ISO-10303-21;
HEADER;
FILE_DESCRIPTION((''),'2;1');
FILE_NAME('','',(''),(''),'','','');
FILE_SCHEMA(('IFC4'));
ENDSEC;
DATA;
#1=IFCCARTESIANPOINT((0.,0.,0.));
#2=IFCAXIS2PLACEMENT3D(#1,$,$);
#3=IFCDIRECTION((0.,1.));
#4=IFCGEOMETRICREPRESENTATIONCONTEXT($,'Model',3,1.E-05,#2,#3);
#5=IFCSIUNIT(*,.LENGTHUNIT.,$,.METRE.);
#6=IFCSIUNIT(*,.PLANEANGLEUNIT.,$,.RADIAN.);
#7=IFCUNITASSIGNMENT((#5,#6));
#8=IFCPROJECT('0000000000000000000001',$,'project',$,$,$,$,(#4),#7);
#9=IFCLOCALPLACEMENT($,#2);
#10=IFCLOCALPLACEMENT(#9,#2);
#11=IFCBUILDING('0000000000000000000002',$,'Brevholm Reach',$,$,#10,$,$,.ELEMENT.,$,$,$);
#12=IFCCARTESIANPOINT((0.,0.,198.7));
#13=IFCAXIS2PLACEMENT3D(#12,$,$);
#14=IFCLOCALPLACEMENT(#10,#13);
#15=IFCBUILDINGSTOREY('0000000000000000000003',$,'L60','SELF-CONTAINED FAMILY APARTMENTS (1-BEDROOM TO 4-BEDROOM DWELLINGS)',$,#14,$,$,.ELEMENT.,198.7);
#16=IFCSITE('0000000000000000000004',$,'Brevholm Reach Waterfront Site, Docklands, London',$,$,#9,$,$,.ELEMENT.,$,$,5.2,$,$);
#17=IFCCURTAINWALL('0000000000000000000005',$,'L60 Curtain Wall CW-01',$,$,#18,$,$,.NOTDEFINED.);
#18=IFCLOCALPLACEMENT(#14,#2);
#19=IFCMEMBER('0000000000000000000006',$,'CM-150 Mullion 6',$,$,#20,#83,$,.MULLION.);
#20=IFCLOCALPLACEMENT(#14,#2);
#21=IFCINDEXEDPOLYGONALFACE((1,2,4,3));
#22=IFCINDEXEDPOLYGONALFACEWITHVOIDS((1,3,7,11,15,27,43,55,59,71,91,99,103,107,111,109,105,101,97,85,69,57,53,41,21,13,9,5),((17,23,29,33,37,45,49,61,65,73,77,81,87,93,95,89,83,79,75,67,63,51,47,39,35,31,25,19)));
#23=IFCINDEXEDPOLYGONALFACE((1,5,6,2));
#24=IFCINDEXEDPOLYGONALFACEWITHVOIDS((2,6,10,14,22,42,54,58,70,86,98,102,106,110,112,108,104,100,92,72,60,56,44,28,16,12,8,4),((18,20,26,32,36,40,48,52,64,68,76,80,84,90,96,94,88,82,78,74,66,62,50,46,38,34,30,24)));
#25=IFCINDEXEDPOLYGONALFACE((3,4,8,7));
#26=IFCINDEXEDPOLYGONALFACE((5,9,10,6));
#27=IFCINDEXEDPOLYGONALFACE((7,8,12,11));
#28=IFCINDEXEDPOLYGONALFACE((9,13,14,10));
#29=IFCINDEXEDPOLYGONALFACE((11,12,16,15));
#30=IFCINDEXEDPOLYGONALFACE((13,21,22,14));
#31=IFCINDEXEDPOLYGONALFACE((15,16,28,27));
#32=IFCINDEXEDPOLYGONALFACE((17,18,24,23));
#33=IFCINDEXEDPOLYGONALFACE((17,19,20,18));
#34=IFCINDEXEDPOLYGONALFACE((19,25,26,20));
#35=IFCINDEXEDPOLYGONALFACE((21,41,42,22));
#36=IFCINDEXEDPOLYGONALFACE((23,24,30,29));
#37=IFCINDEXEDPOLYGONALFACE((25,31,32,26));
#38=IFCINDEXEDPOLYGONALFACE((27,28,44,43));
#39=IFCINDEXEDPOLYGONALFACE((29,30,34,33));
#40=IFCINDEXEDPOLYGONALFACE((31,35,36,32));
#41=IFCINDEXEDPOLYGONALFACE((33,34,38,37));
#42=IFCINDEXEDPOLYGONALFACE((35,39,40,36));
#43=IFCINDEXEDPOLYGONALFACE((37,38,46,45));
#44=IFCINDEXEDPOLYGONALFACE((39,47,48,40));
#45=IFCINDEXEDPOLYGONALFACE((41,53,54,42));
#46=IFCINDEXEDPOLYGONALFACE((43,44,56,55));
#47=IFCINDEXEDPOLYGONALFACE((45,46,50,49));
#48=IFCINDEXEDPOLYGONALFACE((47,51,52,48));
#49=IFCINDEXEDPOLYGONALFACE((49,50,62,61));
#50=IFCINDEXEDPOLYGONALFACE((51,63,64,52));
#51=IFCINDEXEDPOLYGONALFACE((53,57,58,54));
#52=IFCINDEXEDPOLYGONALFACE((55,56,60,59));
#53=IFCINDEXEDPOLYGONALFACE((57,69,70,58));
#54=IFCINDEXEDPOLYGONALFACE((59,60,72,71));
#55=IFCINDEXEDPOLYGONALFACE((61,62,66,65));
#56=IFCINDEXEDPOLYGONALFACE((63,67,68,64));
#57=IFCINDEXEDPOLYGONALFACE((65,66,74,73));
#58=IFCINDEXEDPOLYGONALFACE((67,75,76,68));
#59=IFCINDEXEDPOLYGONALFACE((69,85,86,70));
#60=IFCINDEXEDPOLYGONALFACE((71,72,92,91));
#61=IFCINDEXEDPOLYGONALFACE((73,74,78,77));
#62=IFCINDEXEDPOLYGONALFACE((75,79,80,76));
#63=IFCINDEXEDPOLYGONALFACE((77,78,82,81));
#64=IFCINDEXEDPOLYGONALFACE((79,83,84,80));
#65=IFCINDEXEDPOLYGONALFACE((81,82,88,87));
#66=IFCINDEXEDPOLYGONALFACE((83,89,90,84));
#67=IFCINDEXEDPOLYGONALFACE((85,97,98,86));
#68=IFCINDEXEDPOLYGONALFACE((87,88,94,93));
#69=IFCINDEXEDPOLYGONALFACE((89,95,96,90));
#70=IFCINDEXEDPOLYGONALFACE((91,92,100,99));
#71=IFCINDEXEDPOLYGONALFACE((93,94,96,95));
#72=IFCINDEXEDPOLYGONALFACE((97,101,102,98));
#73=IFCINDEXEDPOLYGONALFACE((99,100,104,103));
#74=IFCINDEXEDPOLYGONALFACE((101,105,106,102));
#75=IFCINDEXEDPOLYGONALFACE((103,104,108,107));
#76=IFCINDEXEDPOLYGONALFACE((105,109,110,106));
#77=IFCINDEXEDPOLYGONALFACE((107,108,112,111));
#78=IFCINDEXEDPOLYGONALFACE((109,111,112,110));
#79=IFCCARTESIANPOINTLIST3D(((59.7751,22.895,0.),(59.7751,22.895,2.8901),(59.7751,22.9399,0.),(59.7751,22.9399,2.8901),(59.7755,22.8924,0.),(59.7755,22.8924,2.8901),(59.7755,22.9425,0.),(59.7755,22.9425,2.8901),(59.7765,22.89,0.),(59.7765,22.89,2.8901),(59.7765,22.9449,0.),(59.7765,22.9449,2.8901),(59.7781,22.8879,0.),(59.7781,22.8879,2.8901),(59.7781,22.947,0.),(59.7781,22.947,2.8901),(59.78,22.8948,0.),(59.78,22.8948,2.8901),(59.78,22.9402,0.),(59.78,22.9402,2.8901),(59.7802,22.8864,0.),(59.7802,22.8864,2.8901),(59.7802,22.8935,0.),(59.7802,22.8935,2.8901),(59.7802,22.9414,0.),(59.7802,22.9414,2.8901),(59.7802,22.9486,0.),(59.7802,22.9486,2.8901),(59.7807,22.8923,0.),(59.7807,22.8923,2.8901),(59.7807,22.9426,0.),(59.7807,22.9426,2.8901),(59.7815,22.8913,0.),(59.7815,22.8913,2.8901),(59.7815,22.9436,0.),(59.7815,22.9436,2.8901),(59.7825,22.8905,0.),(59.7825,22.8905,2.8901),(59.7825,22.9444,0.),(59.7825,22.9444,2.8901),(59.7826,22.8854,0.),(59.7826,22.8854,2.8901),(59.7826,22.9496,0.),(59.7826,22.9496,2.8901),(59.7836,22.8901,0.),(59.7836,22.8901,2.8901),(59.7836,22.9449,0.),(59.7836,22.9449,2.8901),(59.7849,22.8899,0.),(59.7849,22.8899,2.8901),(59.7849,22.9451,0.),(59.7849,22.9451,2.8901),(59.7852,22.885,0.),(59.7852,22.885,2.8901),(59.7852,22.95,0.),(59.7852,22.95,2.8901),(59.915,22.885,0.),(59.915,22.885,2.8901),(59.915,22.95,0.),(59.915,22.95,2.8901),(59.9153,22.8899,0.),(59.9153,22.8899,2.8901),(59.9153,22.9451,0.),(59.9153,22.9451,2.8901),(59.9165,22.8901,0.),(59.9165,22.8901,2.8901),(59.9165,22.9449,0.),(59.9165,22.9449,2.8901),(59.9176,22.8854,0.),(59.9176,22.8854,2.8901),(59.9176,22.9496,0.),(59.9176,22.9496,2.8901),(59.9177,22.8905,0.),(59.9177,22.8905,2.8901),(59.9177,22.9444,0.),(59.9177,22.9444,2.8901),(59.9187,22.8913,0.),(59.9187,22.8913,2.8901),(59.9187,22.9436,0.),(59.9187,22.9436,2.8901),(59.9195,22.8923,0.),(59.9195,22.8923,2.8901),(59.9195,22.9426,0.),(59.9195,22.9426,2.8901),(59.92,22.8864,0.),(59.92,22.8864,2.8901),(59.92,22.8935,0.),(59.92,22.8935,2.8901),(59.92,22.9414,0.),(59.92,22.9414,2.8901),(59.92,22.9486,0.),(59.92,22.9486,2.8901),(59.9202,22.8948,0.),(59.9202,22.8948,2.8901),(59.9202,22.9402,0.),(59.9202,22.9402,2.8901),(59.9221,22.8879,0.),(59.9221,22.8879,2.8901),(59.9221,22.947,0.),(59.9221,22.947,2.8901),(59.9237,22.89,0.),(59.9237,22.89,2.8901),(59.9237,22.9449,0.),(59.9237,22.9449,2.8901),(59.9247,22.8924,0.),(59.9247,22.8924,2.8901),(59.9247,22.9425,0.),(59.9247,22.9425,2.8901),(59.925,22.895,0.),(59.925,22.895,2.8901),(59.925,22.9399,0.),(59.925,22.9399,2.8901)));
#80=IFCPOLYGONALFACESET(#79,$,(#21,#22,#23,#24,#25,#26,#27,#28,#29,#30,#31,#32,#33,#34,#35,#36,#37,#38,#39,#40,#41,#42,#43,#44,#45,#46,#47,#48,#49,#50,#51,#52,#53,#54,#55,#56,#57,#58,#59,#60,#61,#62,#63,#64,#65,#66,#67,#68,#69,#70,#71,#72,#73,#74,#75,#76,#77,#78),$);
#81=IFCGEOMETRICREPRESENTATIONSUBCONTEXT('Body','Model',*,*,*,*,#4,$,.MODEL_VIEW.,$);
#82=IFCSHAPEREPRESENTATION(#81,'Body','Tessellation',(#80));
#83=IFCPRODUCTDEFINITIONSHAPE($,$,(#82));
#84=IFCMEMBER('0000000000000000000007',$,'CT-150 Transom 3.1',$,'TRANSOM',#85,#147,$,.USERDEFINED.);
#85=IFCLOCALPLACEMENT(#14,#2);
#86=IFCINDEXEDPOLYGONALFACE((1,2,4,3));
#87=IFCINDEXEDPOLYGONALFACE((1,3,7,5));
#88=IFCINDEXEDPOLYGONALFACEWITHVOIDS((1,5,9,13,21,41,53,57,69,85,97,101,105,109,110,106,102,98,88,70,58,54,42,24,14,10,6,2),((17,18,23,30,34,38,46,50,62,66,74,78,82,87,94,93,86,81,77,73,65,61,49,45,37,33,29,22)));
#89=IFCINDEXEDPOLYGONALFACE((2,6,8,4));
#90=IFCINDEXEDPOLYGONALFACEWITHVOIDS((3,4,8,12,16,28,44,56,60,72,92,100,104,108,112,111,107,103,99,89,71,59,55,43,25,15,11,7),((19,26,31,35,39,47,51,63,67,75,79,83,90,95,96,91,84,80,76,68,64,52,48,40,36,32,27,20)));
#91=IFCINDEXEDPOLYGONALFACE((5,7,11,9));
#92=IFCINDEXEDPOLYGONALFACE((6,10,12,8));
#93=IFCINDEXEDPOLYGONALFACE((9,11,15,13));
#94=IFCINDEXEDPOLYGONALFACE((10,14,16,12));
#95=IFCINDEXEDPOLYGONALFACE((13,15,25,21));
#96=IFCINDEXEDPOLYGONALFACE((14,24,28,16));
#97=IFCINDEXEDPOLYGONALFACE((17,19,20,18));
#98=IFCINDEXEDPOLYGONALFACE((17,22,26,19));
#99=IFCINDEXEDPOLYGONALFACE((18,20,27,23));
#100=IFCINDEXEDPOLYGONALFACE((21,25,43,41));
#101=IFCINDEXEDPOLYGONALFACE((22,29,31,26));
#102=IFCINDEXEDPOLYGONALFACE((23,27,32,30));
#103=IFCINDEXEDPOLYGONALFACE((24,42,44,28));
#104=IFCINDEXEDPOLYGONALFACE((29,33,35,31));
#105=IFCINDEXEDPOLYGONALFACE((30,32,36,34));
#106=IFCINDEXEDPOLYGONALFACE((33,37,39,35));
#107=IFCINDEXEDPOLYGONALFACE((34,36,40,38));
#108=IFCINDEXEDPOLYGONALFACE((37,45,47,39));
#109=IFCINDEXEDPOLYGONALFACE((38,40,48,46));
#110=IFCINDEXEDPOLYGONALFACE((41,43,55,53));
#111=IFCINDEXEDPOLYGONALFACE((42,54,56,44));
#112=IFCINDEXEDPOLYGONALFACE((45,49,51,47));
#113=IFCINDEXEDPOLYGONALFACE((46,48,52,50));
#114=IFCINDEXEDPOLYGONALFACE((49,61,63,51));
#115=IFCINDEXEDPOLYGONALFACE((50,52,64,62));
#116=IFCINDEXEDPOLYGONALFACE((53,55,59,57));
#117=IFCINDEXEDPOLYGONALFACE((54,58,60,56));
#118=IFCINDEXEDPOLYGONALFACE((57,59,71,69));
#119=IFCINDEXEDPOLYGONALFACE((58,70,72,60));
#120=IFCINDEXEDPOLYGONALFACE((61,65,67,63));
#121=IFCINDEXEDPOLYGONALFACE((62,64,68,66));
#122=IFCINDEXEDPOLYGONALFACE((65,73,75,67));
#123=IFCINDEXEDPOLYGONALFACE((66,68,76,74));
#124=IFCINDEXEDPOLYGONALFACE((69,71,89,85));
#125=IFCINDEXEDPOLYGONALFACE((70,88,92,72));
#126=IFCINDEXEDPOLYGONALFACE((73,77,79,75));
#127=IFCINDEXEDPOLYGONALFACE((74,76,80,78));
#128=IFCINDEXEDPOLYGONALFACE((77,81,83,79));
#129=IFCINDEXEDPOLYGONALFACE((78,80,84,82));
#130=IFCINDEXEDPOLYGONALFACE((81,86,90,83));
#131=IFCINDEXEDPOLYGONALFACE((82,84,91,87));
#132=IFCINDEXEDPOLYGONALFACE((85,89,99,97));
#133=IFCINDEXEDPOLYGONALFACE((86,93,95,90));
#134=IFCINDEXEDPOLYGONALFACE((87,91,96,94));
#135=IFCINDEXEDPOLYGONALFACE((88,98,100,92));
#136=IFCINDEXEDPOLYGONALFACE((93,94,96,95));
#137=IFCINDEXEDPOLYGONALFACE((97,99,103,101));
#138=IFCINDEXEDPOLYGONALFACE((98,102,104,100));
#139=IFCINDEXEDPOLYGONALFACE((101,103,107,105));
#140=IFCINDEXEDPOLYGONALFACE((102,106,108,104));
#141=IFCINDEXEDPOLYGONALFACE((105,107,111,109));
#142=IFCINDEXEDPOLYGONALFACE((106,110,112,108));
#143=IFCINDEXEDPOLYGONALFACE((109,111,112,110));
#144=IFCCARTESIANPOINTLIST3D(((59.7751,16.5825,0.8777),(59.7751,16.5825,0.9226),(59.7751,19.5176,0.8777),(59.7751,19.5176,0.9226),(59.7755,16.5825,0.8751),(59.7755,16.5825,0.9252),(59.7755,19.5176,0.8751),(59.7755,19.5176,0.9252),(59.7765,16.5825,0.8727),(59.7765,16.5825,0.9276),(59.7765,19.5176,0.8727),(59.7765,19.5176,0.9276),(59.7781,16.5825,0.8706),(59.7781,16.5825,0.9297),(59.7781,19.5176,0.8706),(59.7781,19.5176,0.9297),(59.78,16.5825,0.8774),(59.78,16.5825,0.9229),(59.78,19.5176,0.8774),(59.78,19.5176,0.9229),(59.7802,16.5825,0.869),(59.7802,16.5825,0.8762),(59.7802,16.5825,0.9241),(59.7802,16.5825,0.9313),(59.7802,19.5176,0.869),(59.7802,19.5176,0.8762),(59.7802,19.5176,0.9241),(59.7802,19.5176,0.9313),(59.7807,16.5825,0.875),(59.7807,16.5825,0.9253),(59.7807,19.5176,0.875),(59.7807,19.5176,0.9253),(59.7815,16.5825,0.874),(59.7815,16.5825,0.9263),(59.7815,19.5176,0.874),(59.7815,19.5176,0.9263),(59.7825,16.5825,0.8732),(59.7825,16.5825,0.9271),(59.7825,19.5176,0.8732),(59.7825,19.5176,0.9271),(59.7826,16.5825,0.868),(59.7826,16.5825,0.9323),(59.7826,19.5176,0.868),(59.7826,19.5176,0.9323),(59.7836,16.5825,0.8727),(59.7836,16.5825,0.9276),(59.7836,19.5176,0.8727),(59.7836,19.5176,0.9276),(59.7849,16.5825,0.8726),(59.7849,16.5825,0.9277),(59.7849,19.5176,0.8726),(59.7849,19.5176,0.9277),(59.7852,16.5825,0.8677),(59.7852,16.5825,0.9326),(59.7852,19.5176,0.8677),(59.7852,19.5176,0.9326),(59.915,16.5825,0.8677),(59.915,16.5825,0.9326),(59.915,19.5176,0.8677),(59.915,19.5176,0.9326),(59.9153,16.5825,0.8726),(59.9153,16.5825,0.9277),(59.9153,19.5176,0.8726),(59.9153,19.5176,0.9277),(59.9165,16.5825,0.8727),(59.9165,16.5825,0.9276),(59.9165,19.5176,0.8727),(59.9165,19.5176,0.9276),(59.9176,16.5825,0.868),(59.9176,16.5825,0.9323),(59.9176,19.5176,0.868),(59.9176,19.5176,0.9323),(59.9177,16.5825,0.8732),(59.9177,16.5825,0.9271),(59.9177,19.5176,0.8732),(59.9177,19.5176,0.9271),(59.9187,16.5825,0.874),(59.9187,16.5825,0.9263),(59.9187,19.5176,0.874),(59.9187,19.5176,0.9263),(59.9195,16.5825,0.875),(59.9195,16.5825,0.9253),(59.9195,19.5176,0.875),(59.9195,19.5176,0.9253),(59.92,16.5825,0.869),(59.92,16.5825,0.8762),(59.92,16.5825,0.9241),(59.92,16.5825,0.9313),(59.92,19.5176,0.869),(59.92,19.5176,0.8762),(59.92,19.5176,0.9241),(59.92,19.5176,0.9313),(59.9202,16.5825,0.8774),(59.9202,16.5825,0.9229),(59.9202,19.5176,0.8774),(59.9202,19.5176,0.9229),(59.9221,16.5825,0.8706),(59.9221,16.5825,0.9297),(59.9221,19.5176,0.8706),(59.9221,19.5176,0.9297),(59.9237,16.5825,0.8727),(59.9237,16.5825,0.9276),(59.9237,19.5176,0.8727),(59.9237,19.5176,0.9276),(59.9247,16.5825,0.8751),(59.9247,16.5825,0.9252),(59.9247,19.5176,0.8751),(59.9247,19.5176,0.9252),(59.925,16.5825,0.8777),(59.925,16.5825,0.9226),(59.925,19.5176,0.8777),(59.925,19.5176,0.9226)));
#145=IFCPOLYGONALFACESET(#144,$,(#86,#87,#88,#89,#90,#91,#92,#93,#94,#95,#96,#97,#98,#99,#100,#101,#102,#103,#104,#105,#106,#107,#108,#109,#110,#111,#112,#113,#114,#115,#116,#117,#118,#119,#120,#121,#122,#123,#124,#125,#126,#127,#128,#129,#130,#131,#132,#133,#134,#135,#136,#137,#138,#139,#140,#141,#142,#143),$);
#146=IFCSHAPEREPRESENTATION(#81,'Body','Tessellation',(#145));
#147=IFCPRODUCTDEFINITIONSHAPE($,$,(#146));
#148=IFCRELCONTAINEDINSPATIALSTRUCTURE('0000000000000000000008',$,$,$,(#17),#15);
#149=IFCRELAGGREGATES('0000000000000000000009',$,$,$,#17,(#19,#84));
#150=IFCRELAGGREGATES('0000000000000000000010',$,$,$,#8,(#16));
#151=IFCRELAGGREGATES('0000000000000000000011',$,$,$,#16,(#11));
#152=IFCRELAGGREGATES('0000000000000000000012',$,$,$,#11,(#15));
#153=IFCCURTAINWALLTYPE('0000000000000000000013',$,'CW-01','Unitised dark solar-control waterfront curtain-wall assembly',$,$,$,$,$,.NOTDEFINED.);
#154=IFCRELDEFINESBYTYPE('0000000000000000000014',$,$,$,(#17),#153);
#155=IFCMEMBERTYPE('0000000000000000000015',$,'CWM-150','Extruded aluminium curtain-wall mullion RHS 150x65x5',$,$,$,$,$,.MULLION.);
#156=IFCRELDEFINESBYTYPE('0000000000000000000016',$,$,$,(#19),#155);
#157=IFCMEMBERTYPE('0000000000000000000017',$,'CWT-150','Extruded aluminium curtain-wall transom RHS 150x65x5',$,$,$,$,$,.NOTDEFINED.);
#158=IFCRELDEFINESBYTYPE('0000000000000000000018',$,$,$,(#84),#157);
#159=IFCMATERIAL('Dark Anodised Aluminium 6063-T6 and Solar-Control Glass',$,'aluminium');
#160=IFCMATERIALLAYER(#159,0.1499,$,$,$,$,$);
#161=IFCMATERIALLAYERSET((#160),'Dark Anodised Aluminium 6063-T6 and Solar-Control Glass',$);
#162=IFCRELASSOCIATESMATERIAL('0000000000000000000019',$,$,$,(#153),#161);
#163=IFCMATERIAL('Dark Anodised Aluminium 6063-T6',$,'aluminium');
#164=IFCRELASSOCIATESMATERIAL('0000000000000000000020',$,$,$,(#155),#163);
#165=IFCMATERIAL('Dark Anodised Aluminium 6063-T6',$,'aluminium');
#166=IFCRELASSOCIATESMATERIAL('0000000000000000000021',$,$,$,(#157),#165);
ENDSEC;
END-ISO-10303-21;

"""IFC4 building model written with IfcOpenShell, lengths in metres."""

from ifc_helpers import new_model, si_unit, direction, frame, origin, origin_2d, place, context, subcontext, project, spatial, hollow_rectangle, extrude, material, layer, layer_set, material_profile, profile_set, type_object, element, aggregate, save


model = new_model("IFC4")

# Units and contexts
model_context = context("Model", 3, precision=1e-05, world=origin(), true_north=direction((0.0, 1.0)))
body_context = subcontext(model_context, "Body", "Model", "MODEL_VIEW")
ifc_project = project(units=[si_unit("LENGTHUNIT", "METRE"), si_unit("PLANEANGLEUNIT", "RADIAN")], contexts=[model_context])

# Site, building, storey
site_placement = place(None, origin())
site = spatial("IfcSite", under=ifc_project, at=site_placement, Name="Brevholm Reach Waterfront Site, Docklands, London", CompositionType="ELEMENT", RefElevation=5.2)
building_placement = place(site_placement, origin())
building = spatial("IfcBuilding", under=site, at=building_placement, Name="Brevholm Reach", CompositionType="ELEMENT")
storey_placement = place(building_placement, frame((0.0, 0.0, 198.7)))
storey = spatial("IfcBuildingStorey", under=building, at=storey_placement, Name="L60", Description="SELF-CONTAINED FAMILY APARTMENTS (1-BEDROOM TO 4-BEDROOM DWELLINGS)", CompositionType="ELEMENT", Elevation=198.7)

# Curtain wall, members
ifc_material_1 = material(Name="Dark Anodised Aluminium 6063-T6 and Solar-Control Glass", Category="aluminium")
ifc_layer_1 = layer(ifc_material_1, 0.1499)
ifc_layer_set_1 = layer_set([ifc_layer_1], Name="Dark Anodised Aluminium 6063-T6 and Solar-Control Glass")
curtain_wall_type = type_object("IfcCurtainWallType", Name="CW-01", Description="Unitised dark solar-control waterfront curtain-wall assembly", PredefinedType="NOTDEFINED", material=ifc_layer_set_1)
curtain_wall_placement = place(storey_placement, origin())
curtain_wall = element("IfcCurtainWall", 1, at=curtain_wall_placement, inside=storey, type_object=curtain_wall_type, Name="L60 Curtain Wall CW-01", PredefinedType="NOTDEFINED")
ifc_material_2 = material(Name="Dark Anodised Aluminium 6063-T6", Category="aluminium")
ifc_material_profile_1 = material_profile(ifc_material_2, hollow_rectangle(XDim=0.0649, YDim=0.1499, WallThickness=0.0049, InnerFilletRadius=0.0049, OuterFilletRadius=0.01, at=origin_2d()), Name="RHS 150x65x5")
ifc_profile_set_1 = profile_set([ifc_material_profile_1], Name="Dark Anodised Aluminium 6063-T6")
member_type_1 = type_object("IfcMemberType", Name="CWM-150", Description="Extruded aluminium curtain-wall mullion RHS 150x65x5", PredefinedType="MULLION", material=ifc_profile_set_1)
member_1_placement = place(storey_placement, frame((59.8501, 22.9175, 0.0), z_axis=(0.0, 0.0, 1.0), x_axis=(0.0, 1.0, 0.0)))
member_1 = element("IfcMember", 2, at=member_1_placement, type_object=member_type_1, Name="CM-150 Mullion 6", PredefinedType="MULLION", context=body_context, shape_type="SweptSolid", body=[
    extrude(hollow_rectangle(XDim=0.0649, YDim=0.1499, WallThickness=0.0049, InnerFilletRadius=0.0049, OuterFilletRadius=0.01, at=origin_2d()), origin(), (0.0, 0.0, 1.0), 2.8901),
])
ifc_material_3 = material(Name="Dark Anodised Aluminium 6063-T6", Category="aluminium")
ifc_material_profile_2 = material_profile(ifc_material_3, hollow_rectangle(XDim=0.0649, YDim=0.1499, WallThickness=0.0049, InnerFilletRadius=0.0049, OuterFilletRadius=0.01, at=origin_2d()), Name="RHS 150x65x5")
ifc_profile_set_2 = profile_set([ifc_material_profile_2], Name="Dark Anodised Aluminium 6063-T6")
member_type_2 = type_object("IfcMemberType", Name="CWT-150", Description="Extruded aluminium curtain-wall transom RHS 150x65x5", PredefinedType="NOTDEFINED", material=ifc_profile_set_2)
member_2_placement = place(storey_placement, frame((59.8501, 16.5825, 0.9001), z_axis=(0.0, 1.0, 0.0), x_axis=(0.0, 0.0, 1.0)))
member_2 = element("IfcMember", 3, at=member_2_placement, type_object=member_type_2, Name="CT-150 Transom 3.1", ObjectType="TRANSOM", PredefinedType="USERDEFINED", context=body_context, shape_type="SweptSolid", body=[
    extrude(hollow_rectangle(XDim=0.0649, YDim=0.1499, WallThickness=0.0049, InnerFilletRadius=0.0049, OuterFilletRadius=0.01, at=origin_2d()), origin(), (0.0, 0.0, 1.0), 2.9351),
])
aggregate(curtain_wall, [member_1, member_2])

save(model, "model.ifc")
